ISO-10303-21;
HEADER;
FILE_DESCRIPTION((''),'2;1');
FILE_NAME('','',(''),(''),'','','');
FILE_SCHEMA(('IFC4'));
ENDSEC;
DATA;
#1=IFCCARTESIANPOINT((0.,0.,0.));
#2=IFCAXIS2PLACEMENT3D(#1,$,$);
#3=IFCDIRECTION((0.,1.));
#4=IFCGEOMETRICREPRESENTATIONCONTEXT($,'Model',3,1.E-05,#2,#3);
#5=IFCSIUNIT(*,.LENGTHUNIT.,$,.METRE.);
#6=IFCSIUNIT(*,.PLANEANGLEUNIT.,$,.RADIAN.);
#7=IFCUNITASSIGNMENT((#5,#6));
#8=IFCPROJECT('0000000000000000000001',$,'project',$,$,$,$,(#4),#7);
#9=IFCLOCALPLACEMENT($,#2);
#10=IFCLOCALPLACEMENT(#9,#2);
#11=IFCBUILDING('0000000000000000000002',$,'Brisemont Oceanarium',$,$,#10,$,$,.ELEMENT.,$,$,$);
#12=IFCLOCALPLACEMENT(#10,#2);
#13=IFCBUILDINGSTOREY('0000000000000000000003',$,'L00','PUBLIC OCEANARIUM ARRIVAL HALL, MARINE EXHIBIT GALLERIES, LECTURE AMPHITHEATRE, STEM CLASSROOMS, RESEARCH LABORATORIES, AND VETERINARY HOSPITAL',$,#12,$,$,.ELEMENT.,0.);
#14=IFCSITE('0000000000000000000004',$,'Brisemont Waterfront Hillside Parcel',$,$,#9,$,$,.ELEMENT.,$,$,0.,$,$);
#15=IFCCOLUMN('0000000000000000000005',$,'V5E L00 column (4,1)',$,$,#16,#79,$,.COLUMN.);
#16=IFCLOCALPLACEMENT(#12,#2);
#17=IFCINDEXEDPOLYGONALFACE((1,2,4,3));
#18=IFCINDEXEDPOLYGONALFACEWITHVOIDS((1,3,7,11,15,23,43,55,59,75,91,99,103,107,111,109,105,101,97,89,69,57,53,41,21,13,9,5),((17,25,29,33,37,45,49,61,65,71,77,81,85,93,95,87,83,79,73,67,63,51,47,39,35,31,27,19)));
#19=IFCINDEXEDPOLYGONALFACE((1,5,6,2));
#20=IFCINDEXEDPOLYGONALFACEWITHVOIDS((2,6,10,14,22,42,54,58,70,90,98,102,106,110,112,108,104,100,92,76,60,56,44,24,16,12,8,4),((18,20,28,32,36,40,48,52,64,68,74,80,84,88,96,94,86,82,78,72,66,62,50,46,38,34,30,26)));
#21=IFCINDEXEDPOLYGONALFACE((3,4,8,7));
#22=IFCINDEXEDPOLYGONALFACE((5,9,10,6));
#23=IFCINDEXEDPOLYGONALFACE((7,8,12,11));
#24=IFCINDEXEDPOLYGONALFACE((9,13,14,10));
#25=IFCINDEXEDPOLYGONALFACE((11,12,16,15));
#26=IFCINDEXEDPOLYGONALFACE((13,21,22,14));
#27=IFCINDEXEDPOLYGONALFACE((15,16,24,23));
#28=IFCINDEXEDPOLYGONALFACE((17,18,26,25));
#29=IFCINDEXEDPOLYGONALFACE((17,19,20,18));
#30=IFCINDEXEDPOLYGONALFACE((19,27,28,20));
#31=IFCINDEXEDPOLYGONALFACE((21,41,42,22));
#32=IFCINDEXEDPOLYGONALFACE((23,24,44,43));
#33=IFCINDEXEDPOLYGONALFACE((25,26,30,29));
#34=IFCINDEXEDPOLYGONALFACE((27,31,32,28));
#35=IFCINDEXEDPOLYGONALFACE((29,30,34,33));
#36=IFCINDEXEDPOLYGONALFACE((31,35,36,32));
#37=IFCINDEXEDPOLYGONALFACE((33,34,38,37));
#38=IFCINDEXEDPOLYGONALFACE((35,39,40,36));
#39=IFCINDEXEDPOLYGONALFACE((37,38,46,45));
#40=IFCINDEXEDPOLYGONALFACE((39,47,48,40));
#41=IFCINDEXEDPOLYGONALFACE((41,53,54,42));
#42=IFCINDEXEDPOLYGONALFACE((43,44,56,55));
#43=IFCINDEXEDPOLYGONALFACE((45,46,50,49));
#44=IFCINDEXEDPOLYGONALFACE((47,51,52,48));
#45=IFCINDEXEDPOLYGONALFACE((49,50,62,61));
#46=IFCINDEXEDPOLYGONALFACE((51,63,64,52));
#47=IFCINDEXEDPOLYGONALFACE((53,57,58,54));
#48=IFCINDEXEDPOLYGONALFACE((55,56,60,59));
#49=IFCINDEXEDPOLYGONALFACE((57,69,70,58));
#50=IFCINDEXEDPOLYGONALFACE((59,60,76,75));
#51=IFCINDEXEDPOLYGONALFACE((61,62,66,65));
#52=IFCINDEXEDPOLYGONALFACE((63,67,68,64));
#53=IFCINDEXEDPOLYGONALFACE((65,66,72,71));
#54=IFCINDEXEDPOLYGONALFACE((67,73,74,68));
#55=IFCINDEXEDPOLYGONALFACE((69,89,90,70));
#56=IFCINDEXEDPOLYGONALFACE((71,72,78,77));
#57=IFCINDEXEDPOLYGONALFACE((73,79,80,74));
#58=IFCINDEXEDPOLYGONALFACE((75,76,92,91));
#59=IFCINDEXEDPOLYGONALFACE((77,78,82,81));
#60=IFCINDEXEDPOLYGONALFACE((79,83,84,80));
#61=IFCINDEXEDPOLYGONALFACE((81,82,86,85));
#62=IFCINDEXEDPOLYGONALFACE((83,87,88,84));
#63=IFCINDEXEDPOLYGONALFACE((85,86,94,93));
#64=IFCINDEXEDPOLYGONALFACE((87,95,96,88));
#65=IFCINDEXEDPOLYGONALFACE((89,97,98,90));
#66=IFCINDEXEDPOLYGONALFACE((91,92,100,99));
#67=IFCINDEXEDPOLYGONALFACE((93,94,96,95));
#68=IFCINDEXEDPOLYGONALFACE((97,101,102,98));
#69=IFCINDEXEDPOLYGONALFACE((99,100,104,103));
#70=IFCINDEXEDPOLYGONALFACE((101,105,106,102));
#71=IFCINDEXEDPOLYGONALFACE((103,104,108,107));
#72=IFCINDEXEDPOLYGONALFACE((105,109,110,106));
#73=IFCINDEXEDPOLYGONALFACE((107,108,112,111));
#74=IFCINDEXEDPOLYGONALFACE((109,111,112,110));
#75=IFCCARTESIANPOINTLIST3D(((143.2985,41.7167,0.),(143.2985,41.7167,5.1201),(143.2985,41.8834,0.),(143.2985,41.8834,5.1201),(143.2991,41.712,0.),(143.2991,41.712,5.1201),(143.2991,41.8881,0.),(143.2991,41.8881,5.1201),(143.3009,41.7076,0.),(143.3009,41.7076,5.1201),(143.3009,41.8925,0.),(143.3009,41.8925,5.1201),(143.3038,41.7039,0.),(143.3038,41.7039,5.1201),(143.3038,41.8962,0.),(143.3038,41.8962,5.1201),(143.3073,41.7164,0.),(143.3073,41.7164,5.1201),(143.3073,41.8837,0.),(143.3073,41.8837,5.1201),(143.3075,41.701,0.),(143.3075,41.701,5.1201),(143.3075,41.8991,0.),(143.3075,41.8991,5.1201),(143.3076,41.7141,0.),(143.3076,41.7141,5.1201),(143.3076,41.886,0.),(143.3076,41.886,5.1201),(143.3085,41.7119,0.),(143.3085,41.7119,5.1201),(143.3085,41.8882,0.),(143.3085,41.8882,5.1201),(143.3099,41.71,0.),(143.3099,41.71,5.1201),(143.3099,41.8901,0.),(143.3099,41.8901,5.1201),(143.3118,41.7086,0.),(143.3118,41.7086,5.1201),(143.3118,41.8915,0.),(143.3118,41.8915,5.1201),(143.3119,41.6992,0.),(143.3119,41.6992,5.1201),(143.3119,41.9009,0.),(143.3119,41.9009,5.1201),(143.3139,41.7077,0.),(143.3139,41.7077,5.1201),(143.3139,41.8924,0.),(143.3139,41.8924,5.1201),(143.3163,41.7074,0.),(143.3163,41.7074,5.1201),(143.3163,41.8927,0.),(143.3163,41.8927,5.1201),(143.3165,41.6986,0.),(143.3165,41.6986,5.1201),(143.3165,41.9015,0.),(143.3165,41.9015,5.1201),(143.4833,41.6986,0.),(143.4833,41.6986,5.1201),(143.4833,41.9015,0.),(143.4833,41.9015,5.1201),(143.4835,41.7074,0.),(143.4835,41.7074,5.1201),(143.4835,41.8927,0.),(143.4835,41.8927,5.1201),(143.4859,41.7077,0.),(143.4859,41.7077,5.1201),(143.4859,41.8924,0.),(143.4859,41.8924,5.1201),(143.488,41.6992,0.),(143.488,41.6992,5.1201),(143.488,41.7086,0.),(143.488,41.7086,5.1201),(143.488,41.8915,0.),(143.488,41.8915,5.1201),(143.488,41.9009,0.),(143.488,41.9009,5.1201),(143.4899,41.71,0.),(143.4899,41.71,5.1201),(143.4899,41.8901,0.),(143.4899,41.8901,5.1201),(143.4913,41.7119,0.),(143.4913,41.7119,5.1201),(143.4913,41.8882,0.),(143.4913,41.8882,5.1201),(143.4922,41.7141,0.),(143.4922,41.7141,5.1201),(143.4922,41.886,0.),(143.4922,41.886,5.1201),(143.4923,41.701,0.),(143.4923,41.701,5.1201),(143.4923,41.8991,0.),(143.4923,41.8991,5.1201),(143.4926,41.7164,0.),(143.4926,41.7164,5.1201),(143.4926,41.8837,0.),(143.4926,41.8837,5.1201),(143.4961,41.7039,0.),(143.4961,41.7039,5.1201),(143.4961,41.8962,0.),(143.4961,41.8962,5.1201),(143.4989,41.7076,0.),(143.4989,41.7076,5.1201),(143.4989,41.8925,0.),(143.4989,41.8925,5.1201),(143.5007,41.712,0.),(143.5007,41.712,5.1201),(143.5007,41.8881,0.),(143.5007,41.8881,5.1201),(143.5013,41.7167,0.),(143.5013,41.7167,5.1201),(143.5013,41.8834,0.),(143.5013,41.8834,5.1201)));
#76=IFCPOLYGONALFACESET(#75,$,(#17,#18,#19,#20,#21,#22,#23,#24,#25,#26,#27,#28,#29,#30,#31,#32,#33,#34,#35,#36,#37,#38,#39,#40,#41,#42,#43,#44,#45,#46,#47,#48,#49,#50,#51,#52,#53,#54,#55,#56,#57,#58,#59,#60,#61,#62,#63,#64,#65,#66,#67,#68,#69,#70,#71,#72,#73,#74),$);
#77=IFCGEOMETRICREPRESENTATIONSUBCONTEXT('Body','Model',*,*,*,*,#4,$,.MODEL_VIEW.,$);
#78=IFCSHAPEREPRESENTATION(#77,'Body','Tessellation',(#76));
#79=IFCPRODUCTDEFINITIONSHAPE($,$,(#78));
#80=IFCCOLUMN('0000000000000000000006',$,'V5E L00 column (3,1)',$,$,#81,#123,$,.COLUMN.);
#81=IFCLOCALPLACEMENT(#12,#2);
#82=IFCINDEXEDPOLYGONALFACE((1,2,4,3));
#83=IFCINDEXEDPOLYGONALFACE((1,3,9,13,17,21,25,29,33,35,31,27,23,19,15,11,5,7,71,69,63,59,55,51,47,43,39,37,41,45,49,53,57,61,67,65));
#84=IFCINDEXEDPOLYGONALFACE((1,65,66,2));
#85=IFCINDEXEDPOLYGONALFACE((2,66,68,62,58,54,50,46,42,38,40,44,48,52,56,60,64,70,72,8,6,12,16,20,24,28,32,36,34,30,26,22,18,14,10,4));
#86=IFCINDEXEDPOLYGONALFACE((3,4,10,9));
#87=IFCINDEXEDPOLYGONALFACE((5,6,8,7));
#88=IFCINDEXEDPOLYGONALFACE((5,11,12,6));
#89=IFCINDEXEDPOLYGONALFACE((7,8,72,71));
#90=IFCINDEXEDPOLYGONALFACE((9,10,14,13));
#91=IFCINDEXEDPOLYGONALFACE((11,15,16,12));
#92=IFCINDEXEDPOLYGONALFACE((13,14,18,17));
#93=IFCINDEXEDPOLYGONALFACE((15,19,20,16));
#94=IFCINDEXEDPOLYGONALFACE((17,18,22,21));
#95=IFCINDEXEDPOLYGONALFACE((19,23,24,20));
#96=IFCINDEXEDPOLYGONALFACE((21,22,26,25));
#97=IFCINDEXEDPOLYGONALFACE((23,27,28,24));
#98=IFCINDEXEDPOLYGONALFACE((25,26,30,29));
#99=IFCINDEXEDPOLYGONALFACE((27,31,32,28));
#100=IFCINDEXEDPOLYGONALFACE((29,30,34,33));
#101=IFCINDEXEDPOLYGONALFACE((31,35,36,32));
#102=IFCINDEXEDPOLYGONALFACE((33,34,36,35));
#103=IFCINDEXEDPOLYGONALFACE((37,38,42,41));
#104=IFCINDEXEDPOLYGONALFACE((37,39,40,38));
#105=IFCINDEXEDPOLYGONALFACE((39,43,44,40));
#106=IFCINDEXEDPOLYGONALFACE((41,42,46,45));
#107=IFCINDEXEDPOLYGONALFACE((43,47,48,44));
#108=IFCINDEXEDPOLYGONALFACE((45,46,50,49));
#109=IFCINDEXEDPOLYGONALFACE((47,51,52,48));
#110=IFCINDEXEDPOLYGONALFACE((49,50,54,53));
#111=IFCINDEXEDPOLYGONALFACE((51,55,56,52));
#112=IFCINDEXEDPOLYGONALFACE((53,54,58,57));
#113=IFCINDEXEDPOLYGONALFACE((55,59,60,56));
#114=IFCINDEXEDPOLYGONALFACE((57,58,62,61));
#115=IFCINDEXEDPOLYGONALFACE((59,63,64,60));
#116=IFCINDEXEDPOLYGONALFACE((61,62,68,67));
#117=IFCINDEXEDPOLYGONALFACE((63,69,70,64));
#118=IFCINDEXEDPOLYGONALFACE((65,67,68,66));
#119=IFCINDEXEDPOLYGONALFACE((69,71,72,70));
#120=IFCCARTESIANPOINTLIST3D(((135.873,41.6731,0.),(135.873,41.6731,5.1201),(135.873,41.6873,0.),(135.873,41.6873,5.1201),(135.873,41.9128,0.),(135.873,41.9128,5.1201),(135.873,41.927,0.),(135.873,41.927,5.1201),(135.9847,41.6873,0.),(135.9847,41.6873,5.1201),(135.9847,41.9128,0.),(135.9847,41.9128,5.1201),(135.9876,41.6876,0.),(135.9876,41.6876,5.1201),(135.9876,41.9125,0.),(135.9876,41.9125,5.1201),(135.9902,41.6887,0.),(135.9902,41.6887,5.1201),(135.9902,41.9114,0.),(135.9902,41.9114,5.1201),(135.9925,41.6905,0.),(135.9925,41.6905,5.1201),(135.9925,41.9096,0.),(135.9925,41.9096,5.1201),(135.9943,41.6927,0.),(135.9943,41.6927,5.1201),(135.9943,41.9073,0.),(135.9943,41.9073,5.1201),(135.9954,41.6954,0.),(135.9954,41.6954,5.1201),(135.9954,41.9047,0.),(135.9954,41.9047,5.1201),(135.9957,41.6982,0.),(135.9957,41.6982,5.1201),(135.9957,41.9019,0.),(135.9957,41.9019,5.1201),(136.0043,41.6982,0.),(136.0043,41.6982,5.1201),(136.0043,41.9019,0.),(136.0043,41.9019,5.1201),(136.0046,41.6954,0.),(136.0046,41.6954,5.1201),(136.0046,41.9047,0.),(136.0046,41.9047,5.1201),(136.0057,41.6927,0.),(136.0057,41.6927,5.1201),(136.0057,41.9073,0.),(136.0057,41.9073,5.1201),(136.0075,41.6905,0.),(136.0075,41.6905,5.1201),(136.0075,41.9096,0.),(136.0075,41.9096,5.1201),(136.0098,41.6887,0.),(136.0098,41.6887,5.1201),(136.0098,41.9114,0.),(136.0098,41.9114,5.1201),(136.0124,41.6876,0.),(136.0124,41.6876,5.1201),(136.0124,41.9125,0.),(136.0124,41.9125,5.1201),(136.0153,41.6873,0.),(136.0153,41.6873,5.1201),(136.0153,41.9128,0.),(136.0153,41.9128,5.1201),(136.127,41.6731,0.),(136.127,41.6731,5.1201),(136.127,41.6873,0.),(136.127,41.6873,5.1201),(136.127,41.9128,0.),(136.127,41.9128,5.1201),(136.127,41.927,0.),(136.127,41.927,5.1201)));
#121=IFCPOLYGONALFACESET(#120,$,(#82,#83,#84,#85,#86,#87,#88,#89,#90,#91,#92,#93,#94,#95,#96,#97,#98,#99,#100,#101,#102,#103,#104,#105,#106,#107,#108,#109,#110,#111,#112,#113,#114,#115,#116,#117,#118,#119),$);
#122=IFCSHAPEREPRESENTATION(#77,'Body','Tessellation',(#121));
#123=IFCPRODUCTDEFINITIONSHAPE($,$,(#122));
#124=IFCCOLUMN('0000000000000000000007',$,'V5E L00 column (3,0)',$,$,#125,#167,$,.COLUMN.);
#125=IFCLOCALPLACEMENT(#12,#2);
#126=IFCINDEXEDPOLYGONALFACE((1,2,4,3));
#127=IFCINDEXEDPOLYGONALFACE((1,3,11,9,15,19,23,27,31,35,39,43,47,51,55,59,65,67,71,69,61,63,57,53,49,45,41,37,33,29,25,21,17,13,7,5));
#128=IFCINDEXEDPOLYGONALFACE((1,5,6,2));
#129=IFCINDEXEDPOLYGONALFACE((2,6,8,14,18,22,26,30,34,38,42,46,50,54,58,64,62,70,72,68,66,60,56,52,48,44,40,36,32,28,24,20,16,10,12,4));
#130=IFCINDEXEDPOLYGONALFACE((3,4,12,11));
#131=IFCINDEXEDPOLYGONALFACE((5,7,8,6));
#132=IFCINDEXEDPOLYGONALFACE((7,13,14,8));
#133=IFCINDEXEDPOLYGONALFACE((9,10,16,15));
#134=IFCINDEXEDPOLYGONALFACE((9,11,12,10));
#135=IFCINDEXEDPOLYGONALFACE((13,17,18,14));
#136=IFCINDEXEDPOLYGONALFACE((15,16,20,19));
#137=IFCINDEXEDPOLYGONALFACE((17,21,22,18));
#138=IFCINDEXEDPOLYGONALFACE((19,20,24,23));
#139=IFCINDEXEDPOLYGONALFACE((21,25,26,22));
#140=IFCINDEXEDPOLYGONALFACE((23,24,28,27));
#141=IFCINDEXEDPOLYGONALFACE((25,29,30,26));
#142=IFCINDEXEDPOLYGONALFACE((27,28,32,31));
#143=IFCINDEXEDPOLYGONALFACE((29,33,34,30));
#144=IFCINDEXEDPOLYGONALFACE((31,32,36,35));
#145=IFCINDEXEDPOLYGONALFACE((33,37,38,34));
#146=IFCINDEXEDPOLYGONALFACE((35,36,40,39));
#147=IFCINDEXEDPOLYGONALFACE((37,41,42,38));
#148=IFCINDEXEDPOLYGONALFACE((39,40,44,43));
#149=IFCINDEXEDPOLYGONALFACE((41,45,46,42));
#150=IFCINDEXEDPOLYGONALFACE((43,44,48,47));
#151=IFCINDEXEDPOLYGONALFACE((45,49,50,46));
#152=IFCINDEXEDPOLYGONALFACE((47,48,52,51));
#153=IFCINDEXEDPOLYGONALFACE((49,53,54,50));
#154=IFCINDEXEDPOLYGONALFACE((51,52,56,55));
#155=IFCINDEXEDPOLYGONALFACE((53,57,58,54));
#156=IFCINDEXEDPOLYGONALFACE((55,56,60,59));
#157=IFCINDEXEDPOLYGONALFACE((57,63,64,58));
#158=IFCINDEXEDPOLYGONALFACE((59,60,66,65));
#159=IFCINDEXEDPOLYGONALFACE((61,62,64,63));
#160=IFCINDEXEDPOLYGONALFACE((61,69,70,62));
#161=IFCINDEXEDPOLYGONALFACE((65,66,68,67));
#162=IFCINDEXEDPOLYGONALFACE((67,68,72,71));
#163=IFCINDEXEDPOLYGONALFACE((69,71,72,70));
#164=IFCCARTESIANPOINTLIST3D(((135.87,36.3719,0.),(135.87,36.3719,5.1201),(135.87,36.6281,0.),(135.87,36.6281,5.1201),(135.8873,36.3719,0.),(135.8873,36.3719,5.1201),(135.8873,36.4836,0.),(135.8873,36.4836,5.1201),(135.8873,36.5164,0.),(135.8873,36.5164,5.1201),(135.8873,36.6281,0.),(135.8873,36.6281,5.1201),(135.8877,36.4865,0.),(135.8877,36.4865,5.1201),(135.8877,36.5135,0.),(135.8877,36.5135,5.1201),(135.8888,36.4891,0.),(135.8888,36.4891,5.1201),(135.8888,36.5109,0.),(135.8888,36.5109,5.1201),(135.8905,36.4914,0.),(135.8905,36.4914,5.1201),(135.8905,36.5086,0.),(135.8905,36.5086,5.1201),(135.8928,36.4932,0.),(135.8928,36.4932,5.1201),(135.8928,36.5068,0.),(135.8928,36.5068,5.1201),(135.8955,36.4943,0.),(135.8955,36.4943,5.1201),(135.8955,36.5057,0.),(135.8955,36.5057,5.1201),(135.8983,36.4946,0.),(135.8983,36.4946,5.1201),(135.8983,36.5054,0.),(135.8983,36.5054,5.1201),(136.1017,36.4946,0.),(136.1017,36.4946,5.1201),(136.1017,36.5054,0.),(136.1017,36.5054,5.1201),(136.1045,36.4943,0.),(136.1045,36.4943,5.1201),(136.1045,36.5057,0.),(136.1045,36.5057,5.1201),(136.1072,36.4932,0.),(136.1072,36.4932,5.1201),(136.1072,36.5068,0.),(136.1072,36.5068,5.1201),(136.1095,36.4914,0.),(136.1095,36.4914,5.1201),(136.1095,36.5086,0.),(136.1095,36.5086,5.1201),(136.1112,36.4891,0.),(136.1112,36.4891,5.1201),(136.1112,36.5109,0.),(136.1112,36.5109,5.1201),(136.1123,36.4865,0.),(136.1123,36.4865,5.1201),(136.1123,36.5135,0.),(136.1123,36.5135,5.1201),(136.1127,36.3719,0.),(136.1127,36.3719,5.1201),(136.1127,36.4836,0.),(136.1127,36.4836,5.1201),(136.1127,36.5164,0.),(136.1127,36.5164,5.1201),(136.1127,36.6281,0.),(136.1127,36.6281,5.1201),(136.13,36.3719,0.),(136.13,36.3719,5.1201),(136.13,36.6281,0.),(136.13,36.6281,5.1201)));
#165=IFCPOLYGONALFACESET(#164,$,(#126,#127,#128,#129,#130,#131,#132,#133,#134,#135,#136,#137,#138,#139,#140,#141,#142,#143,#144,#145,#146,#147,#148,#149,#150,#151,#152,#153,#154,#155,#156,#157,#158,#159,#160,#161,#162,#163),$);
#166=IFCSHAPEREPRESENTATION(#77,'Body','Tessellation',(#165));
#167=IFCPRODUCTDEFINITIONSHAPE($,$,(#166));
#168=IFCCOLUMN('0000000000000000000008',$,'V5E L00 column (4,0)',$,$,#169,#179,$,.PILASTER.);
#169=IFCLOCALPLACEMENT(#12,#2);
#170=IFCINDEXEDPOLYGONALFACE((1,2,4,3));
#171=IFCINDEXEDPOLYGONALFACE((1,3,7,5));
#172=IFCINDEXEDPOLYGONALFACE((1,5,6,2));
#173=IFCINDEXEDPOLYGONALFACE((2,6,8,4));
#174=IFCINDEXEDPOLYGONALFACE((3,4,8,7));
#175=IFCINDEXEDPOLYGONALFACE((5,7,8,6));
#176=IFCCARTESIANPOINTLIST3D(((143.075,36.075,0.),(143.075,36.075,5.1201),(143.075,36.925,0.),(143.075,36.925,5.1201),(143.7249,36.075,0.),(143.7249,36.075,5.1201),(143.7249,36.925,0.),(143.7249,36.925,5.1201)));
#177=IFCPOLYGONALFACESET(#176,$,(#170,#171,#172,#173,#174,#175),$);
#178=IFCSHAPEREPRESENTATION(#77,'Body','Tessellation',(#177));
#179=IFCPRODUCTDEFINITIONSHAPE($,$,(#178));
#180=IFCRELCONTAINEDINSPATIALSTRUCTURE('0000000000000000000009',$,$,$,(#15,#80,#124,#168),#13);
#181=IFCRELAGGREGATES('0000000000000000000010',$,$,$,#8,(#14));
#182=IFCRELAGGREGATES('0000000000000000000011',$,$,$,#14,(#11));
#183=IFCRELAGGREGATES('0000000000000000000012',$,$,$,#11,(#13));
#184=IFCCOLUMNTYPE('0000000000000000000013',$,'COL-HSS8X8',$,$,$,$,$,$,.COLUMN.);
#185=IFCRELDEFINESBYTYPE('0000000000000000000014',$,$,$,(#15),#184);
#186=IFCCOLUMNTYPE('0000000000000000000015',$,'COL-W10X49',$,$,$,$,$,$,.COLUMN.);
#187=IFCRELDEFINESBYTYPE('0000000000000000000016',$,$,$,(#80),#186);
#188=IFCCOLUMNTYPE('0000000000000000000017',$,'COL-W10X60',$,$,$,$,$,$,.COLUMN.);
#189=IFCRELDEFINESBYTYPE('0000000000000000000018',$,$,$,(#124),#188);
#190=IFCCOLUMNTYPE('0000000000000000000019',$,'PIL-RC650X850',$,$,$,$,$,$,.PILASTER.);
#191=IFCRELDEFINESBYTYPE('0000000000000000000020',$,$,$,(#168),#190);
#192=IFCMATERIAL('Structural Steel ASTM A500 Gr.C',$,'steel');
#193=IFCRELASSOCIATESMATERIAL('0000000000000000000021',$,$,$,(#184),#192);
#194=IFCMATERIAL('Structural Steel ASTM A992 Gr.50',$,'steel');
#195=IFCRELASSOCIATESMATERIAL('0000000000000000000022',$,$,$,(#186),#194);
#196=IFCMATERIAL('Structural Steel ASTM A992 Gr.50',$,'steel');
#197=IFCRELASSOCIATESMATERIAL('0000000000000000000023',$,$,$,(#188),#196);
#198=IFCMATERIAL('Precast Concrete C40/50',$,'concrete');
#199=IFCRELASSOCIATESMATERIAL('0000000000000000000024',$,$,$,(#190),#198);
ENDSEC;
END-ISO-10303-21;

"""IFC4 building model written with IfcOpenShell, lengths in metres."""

from ifc_helpers import new_model, si_unit, direction, frame, origin, origin_2d, place, context, subcontext, project, spatial, rectangle, hollow_rectangle, i_section, extrude, material, material_profile, profile_set, type_object, element, save


model = new_model("IFC4")

# Units and contexts
model_context = context("Model", 3, precision=1e-05, world=origin(), true_north=direction((0.0, 1.0)))
body_context = subcontext(model_context, "Body", "Model", "MODEL_VIEW")
ifc_project = project(units=[si_unit("LENGTHUNIT", "METRE"), si_unit("PLANEANGLEUNIT", "RADIAN")], contexts=[model_context])

# Site, building, storey
site_placement = place(None, origin())
site = spatial("IfcSite", under=ifc_project, at=site_placement, Name="Brisemont Waterfront Hillside Parcel", CompositionType="ELEMENT", RefElevation=0.0)
building_placement = place(site_placement, origin())
building = spatial("IfcBuilding", under=site, at=building_placement, Name="Brisemont Oceanarium", CompositionType="ELEMENT")
storey_placement = place(building_placement, origin())
storey = spatial("IfcBuildingStorey", under=building, at=storey_placement, Name="L00", Description="PUBLIC OCEANARIUM ARRIVAL HALL, MARINE EXHIBIT GALLERIES, LECTURE AMPHITHEATRE, STEM CLASSROOMS, RESEARCH LABORATORIES, AND VETERINARY HOSPITAL", CompositionType="ELEMENT", Elevation=0.0)

# Columns
ifc_material_1 = material(Name="Structural Steel ASTM A500 Gr.C", Category="steel")
ifc_material_profile_1 = material_profile(ifc_material_1, hollow_rectangle(XDim=0.2029, YDim=0.2029, WallThickness=0.0088, InnerFilletRadius=0.009, OuterFilletRadius=0.0181, at=origin_2d()), Name="HSS8X8X3/8")
ifc_profile_set_1 = profile_set([ifc_material_profile_1], Name="Structural Steel ASTM A500 Gr.C")
column_type_1 = type_object("IfcColumnType", Name="COL-HSS8X8", PredefinedType="COLUMN", material=ifc_profile_set_1)
column_1_placement = place(storey_placement, frame((143.3999, 41.8, 0.0), z_axis=(0.0, 0.0, 1.0), x_axis=(0.0, 1.0, 0.0)))
element("IfcColumn", 1, at=column_1_placement, inside=storey, type_object=column_type_1, Name="V5E L00 column (4,1)", PredefinedType="COLUMN", context=body_context, shape_type="SweptSolid", body=[
    extrude(hollow_rectangle(XDim=0.2029, YDim=0.2029, WallThickness=0.0088, InnerFilletRadius=0.009, OuterFilletRadius=0.0181, at=origin_2d()), origin(), (0.0, 0.0, 1.0), 5.1201),
])
ifc_material_2 = material(Name="Structural Steel ASTM A992 Gr.50", Category="steel")
ifc_material_profile_2 = material_profile(ifc_material_2, i_section(OverallWidth=0.2539, OverallDepth=0.2539, WebThickness=0.0085, FlangeThickness=0.0142, FilletRadius=0.011, at=origin_2d()), Name="W10X49")
ifc_profile_set_2 = profile_set([ifc_material_profile_2], Name="Structural Steel ASTM A992 Gr.50")
column_type_2 = type_object("IfcColumnType", Name="COL-W10X49", PredefinedType="COLUMN", material=ifc_profile_set_2)
column_2_placement = place(storey_placement, frame((136.0, 41.8, 0.0), z_axis=(0.0, 0.0, 1.0), x_axis=(1.0, 0.0, 0.0)))
element("IfcColumn", 2, at=column_2_placement, inside=storey, type_object=column_type_2, Name="V5E L00 column (3,1)", PredefinedType="COLUMN", context=body_context, shape_type="SweptSolid", body=[
    extrude(i_section(OverallWidth=0.2539, OverallDepth=0.2539, WebThickness=0.0085, FlangeThickness=0.0142, FilletRadius=0.011, at=origin_2d()), origin(), (0.0, 0.0, 1.0), 5.1201),
])
ifc_material_3 = material(Name="Structural Steel ASTM A992 Gr.50", Category="steel")
ifc_material_profile_3 = material_profile(ifc_material_3, i_section(OverallWidth=0.2561, OverallDepth=0.26, WebThickness=0.0107, FlangeThickness=0.0173, FilletRadius=0.011, at=origin_2d()), Name="W10X60")
ifc_profile_set_3 = profile_set([ifc_material_profile_3], Name="Structural Steel ASTM A992 Gr.50")
column_type_3 = type_object("IfcColumnType", Name="COL-W10X60", PredefinedType="COLUMN", material=ifc_profile_set_3)
column_3_placement = place(storey_placement, frame((136.0, 36.5, 0.0), z_axis=(0.0, 0.0, 1.0), x_axis=(0.0, 1.0, 0.0)))
element("IfcColumn", 3, at=column_3_placement, inside=storey, type_object=column_type_3, Name="V5E L00 column (3,0)", PredefinedType="COLUMN", context=body_context, shape_type="SweptSolid", body=[
    extrude(i_section(OverallWidth=0.2561, OverallDepth=0.26, WebThickness=0.0107, FlangeThickness=0.0173, FilletRadius=0.011, at=origin_2d()), origin(), (0.0, 0.0, 1.0), 5.1201),
])
ifc_material_4 = material(Name="Precast Concrete C40/50", Category="concrete")
ifc_material_profile_4 = material_profile(ifc_material_4, rectangle(XDim=0.6499, YDim=0.8501, at=origin_2d()), Name="RC-PIL-650X850")
ifc_profile_set_4 = profile_set([ifc_material_profile_4], Name="Precast Concrete C40/50")
column_type_4 = type_object("IfcColumnType", Name="PIL-RC650X850", PredefinedType="PILASTER", material=ifc_profile_set_4)
column_4_placement = place(storey_placement, frame((143.3999, 36.5, 0.0), z_axis=(0.0, 0.0, 1.0), x_axis=(1.0, 0.0, 0.0)))
element("IfcColumn", 4, at=column_4_placement, inside=storey, type_object=column_type_4, Name="V5E L00 column (4,0)", PredefinedType="PILASTER", context=body_context, shape_type="SweptSolid", body=[
    extrude(rectangle(XDim=0.6499, YDim=0.8501, at=origin_2d()), origin(), (0.0, 0.0, 1.0), 5.1201),
])

save(model, "model.ifc")
